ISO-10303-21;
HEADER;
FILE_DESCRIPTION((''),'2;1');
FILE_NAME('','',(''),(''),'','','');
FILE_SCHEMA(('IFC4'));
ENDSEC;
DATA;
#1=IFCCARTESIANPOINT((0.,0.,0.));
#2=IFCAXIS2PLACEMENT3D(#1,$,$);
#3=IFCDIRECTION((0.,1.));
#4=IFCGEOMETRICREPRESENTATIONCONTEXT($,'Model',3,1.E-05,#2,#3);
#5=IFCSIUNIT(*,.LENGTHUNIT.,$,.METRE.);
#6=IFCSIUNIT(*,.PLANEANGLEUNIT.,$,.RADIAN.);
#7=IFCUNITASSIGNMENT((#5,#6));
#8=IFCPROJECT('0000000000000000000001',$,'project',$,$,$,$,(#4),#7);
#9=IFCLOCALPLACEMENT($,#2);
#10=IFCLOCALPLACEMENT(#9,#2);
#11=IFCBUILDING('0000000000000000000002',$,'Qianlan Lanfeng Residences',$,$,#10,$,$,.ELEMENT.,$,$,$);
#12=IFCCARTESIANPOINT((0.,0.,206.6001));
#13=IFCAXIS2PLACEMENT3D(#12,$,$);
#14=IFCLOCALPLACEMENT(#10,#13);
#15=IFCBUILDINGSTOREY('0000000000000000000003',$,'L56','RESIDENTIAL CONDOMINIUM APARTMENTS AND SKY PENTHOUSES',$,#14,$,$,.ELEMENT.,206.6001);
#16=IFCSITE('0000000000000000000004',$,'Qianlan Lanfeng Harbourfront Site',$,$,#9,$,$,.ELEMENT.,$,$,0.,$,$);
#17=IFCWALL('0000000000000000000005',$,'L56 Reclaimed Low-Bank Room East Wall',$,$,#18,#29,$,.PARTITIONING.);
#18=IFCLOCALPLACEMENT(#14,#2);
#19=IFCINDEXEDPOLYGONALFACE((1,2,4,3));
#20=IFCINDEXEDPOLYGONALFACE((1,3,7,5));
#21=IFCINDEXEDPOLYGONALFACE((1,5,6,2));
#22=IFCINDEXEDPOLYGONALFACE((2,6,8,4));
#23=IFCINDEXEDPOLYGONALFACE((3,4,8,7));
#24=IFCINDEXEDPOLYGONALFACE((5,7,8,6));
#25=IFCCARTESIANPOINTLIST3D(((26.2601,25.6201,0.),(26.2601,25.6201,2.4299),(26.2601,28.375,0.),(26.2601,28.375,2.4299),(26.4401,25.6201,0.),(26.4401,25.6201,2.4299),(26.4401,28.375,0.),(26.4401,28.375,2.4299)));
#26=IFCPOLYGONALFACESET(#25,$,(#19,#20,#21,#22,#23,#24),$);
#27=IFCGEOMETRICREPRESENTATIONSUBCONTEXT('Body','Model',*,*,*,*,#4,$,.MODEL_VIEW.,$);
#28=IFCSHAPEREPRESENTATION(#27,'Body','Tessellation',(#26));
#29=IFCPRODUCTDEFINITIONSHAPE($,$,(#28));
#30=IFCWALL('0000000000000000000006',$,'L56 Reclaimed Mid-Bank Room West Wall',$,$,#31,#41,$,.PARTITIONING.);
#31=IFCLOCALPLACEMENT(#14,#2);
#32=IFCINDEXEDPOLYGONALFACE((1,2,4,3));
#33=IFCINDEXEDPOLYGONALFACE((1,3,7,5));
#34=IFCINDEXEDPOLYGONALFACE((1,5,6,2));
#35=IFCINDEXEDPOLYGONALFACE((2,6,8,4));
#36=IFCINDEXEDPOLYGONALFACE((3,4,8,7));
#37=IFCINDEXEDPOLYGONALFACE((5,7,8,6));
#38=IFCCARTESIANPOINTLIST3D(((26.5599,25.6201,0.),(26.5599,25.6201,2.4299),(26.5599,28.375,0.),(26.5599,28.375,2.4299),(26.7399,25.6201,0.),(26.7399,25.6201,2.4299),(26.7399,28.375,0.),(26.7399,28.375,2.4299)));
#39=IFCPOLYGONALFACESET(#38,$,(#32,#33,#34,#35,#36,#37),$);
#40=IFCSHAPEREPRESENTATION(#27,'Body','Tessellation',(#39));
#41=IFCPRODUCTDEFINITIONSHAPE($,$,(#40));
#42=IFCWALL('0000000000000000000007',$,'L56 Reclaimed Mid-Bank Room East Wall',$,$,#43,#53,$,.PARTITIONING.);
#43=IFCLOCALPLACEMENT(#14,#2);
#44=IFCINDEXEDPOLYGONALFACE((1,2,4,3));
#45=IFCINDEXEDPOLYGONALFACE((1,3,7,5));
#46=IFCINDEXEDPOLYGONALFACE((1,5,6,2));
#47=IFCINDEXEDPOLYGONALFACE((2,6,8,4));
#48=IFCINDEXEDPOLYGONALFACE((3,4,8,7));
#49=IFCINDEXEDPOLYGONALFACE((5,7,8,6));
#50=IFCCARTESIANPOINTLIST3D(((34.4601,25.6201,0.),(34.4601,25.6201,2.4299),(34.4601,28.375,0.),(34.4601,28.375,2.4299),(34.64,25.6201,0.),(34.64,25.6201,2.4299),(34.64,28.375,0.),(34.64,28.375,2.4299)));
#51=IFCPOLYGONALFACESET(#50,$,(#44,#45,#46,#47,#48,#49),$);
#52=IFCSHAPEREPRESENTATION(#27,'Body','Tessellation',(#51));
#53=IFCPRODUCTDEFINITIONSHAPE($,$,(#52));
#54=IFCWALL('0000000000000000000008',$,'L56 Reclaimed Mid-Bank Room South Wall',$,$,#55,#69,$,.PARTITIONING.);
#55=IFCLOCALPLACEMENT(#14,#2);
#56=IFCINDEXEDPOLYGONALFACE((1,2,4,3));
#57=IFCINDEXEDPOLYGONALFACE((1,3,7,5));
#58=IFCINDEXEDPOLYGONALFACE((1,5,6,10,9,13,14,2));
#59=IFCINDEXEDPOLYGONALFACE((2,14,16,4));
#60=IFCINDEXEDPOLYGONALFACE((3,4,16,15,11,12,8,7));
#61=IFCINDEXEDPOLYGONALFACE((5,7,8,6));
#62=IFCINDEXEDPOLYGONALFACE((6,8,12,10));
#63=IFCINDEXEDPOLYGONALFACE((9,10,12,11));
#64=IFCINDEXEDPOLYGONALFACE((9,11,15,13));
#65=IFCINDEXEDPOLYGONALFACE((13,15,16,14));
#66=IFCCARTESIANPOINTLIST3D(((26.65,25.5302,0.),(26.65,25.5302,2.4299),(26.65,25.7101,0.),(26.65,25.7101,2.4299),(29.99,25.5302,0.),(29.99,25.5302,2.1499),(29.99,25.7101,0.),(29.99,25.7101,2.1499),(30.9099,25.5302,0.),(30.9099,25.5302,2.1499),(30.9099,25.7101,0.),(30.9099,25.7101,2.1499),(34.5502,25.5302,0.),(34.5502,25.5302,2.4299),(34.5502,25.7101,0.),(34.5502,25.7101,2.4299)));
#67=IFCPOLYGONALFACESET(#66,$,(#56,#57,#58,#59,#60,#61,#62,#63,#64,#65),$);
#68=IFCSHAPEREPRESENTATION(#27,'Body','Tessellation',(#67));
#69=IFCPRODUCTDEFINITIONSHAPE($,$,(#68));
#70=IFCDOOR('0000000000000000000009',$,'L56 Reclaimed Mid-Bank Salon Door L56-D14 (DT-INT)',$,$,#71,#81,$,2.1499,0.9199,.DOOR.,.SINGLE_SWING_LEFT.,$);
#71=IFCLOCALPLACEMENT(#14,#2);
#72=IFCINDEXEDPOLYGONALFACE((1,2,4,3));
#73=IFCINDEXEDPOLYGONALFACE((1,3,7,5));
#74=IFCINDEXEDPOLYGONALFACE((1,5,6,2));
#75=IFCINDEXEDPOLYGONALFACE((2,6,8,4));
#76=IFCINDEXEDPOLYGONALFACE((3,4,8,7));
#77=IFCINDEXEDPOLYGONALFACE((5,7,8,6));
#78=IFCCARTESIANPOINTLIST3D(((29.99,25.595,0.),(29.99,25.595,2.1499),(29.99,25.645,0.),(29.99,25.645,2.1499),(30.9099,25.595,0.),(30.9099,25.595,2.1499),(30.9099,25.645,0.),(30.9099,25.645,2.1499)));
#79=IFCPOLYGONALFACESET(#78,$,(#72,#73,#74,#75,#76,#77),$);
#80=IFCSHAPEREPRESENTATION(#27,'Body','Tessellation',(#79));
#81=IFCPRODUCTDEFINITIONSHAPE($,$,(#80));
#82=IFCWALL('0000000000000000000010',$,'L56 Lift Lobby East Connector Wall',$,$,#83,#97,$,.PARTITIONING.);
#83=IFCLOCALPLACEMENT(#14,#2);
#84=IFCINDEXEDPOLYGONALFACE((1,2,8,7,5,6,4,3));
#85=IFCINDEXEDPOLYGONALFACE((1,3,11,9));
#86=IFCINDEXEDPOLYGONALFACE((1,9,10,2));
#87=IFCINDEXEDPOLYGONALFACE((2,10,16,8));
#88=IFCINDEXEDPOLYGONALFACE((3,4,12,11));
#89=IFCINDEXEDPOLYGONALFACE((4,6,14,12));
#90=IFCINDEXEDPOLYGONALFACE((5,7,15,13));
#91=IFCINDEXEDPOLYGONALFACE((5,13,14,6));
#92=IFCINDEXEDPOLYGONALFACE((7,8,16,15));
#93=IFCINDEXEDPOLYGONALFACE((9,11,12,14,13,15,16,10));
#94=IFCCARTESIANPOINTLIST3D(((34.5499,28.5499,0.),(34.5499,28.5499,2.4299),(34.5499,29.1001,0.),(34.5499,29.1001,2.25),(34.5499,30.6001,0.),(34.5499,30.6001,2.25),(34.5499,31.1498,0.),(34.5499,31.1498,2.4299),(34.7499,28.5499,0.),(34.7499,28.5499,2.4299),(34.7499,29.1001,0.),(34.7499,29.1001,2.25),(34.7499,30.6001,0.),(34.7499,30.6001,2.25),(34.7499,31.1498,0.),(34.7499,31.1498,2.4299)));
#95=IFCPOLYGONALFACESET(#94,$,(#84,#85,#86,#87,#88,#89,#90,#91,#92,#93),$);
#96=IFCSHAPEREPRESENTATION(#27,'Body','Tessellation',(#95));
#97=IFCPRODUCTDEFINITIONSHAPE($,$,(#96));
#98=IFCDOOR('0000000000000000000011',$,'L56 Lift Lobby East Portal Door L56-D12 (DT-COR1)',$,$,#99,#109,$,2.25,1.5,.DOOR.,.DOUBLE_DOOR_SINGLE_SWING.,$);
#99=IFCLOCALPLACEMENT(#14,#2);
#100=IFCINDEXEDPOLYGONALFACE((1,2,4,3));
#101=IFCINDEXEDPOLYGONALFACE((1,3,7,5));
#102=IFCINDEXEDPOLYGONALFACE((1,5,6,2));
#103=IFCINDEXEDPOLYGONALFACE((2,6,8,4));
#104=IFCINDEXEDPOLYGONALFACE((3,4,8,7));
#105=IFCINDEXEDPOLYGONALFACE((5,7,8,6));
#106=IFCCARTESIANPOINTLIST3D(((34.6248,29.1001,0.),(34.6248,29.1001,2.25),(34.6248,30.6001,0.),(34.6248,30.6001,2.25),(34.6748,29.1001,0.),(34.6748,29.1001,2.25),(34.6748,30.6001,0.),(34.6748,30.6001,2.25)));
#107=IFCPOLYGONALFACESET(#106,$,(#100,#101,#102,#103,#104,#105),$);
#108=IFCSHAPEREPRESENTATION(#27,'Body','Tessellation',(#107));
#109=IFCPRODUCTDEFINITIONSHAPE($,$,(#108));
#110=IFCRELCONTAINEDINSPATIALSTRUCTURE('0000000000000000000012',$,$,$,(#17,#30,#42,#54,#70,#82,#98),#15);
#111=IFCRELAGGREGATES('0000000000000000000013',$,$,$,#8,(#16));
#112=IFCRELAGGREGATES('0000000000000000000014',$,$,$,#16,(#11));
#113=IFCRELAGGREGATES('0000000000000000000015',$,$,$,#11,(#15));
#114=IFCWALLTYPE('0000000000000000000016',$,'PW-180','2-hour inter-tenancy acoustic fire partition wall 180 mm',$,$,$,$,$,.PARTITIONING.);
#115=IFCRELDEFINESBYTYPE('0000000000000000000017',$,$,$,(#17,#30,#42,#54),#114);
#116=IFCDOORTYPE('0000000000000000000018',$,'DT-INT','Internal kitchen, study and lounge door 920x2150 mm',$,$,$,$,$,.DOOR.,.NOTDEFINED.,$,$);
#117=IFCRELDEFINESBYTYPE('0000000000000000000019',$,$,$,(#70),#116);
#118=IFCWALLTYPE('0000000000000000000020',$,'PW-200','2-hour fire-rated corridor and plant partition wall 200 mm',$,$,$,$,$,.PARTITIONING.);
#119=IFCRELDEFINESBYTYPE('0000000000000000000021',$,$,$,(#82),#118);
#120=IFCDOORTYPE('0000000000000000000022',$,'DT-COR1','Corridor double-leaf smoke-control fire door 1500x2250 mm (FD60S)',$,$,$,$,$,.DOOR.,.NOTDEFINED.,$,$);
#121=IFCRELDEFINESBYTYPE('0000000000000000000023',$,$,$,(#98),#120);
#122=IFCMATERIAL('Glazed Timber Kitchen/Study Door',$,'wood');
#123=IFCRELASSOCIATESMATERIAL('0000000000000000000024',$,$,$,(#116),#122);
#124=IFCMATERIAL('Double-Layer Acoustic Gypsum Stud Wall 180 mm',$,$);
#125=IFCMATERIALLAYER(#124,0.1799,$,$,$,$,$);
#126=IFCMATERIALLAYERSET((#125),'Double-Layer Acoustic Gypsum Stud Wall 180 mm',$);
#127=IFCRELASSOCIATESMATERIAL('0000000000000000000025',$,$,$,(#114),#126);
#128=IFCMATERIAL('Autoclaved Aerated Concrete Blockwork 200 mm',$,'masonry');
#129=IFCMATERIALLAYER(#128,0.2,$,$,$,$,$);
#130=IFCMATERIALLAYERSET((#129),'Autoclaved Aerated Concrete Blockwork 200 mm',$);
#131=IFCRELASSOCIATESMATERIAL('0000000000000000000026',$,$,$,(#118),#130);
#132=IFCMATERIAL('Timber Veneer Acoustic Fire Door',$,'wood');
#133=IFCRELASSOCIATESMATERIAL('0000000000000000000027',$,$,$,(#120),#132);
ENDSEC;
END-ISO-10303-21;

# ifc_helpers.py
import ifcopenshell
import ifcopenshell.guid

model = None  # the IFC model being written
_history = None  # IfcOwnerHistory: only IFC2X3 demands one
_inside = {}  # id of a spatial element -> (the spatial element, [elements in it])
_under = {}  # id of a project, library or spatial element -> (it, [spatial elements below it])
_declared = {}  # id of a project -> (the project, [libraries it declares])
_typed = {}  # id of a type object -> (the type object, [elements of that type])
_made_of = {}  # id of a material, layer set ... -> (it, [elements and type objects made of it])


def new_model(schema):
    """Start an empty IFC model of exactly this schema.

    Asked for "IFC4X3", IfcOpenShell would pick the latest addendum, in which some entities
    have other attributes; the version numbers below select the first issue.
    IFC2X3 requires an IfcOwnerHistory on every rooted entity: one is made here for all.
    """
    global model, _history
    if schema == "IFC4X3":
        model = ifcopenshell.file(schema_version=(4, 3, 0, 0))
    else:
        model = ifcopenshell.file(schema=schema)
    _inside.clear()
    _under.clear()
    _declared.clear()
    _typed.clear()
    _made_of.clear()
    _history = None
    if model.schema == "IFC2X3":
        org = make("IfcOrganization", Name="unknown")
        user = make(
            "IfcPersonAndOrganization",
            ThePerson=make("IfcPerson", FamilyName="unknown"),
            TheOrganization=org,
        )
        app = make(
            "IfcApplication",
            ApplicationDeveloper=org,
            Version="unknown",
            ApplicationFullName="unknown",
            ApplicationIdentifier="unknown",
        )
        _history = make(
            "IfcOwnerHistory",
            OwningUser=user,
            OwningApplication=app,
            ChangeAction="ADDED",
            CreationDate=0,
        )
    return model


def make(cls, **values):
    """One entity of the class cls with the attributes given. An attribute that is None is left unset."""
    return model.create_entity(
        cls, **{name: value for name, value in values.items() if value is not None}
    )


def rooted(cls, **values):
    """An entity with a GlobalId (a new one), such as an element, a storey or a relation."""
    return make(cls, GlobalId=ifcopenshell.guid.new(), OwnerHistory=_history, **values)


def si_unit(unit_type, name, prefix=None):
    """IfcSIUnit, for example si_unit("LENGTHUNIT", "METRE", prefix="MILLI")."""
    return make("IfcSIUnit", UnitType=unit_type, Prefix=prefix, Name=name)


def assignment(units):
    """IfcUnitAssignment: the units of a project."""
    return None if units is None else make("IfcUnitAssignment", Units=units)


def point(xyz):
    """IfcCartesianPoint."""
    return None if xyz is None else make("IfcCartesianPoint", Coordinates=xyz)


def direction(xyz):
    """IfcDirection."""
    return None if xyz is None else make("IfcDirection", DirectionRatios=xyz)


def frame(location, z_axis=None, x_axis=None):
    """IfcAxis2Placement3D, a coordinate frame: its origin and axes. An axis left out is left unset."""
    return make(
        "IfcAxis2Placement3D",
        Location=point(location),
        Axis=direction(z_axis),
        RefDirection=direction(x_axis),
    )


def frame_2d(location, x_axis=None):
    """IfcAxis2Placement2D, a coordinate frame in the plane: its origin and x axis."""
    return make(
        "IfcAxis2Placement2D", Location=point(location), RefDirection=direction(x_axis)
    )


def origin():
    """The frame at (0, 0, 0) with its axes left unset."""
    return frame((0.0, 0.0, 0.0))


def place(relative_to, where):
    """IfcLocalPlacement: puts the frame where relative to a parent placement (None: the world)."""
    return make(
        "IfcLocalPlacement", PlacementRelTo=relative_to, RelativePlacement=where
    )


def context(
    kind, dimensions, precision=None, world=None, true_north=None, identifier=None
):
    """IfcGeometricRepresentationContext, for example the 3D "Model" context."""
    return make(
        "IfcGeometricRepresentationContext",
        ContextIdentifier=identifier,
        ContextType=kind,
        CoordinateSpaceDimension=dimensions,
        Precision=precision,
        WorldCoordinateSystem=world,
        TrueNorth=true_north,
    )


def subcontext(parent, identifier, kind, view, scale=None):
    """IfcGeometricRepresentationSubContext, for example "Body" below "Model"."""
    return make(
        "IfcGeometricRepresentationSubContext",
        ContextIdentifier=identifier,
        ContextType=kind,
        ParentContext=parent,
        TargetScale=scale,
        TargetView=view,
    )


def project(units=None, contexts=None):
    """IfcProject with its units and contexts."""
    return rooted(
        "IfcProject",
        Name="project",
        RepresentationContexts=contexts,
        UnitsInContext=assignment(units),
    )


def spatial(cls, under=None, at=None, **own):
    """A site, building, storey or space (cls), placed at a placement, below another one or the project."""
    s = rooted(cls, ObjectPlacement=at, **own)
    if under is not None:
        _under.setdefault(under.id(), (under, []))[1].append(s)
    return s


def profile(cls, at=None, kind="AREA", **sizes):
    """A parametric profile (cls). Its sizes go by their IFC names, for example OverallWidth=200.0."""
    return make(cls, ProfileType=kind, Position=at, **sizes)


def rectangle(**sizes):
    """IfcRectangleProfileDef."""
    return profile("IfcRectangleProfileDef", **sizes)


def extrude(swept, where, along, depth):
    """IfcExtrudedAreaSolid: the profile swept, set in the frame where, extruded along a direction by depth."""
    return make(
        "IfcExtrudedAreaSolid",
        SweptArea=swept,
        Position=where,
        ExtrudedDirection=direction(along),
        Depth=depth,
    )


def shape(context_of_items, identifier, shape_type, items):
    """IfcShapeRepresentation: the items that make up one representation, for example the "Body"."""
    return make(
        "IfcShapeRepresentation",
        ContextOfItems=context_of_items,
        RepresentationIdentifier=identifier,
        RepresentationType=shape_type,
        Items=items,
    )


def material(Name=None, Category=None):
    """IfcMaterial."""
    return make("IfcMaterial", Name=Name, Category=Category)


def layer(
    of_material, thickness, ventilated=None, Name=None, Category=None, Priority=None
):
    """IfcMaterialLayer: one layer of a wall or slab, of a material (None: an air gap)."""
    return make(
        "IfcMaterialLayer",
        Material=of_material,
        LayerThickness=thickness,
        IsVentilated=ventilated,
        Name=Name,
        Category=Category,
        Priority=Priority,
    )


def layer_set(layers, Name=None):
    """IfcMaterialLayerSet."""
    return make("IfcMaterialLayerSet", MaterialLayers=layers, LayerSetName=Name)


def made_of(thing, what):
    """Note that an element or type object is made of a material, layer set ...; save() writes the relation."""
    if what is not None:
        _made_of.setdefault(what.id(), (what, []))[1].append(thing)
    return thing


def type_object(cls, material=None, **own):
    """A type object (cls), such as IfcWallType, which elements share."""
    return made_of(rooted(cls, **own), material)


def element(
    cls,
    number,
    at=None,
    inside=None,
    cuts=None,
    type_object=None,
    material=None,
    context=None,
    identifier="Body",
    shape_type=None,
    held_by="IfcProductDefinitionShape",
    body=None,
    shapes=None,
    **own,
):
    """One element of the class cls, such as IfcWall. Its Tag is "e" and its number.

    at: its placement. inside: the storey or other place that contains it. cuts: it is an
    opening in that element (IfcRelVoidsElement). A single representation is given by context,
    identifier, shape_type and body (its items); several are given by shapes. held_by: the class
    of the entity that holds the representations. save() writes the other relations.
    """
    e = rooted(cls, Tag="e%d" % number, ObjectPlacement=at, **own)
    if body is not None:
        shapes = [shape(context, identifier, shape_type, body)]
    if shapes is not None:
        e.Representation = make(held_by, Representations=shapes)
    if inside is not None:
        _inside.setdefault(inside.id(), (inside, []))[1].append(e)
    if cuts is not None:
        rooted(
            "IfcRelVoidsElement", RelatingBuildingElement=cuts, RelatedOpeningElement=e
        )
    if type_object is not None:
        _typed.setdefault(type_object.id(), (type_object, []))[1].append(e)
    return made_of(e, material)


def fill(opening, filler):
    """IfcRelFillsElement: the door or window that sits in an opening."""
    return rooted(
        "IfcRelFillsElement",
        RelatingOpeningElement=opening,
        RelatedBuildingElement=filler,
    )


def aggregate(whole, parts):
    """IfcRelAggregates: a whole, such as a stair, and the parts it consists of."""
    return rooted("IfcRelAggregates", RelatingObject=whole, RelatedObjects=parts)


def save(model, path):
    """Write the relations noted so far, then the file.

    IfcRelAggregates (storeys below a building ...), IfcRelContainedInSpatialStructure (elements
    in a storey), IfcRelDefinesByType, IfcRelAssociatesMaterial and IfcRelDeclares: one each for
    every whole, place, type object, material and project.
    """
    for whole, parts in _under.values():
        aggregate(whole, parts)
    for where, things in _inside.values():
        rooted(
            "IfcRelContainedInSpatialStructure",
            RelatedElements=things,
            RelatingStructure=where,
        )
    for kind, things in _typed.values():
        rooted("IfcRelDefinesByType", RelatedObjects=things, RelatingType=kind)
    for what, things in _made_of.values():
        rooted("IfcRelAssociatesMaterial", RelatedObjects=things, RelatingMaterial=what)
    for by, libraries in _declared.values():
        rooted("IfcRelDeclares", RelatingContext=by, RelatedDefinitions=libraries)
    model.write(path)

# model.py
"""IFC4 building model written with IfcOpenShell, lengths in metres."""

from ifc_helpers import new_model, si_unit, direction, frame, frame_2d, origin, place, context, subcontext, project, spatial, rectangle, extrude, material, layer, layer_set, type_object, element, fill, save


model = new_model("IFC4")

# Units and contexts
model_context = context("Model", 3, precision=1e-05, world=origin(), true_north=direction((0.0, 1.0)))
body_context = subcontext(model_context, "Body", "Model", "MODEL_VIEW")
ifc_project = project(units=[si_unit("LENGTHUNIT", "METRE"), si_unit("PLANEANGLEUNIT", "RADIAN")], contexts=[model_context])

# Site, building, storey
site_placement = place(None, origin())
site = spatial("IfcSite", under=ifc_project, at=site_placement, Name="Qianlan Lanfeng Harbourfront Site", CompositionType="ELEMENT", RefElevation=0.0)
building_placement = place(site_placement, origin())
building = spatial("IfcBuilding", under=site, at=building_placement, Name="Qianlan Lanfeng Residences", CompositionType="ELEMENT")
storey_placement = place(building_placement, frame((0.0, 0.0, 206.6001)))
storey = spatial("IfcBuildingStorey", under=building, at=storey_placement, Name="L56", Description="RESIDENTIAL CONDOMINIUM APARTMENTS AND SKY PENTHOUSES", CompositionType="ELEMENT", Elevation=206.6001)

# Shared definitions
ifc_material_1 = material(Name="Glazed Timber Kitchen/Study Door", Category="wood")
door_type_1 = type_object("IfcDoorType", Name="DT-INT", Description="Internal kitchen, study and lounge door 920x2150 mm", OperationType="NOTDEFINED", PredefinedType="DOOR", material=ifc_material_1)

# Shared definitions
ifc_material_2 = material(Name="Double-Layer Acoustic Gypsum Stud Wall 180 mm")
ifc_layer_1 = layer(ifc_material_2, 0.1799)
ifc_layer_set_1 = layer_set([ifc_layer_1], Name="Double-Layer Acoustic Gypsum Stud Wall 180 mm")
wall_type_1 = type_object("IfcWallType", Name="PW-180", Description="2-hour inter-tenancy acoustic fire partition wall 180 mm", PredefinedType="PARTITIONING", material=ifc_layer_set_1)

# Walls
for number, where, z_axis, x_axis, name in (
    (1, (26.3501, 25.6201, 0.0), (0.0, 0.0, 1.0), (0.0, 1.0, 0.0), "L56 Reclaimed Low-Bank Room East Wall"),
    (2, (26.6499, 25.6201, 0.0), (0.0, 0.0, 1.0), (0.0, 1.0, 0.0), "L56 Reclaimed Mid-Bank Room West Wall"),
    (3, (34.55, 25.6201, 0.0), (0.0, 0.0, 1.0), (0.0, 1.0, 0.0), "L56 Reclaimed Mid-Bank Room East Wall"),
):
    element("IfcWall", number, at=place(storey_placement, frame(where, z_axis=z_axis, x_axis=x_axis)), inside=storey, type_object=wall_type_1, Name=name, PredefinedType="PARTITIONING", context=body_context, shape_type="SweptSolid", body=[
        extrude(rectangle(XDim=2.7549, YDim=0.1799, at=frame_2d((1.3774, 0.0))), origin(), (0.0, 0.0, 1.0), 2.4299),
    ])

# Walls, openings, doors
wall_1_placement = place(storey_placement, frame((26.6499, 25.6201, 0.0), z_axis=(0.0, 0.0, 1.0), x_axis=(1.0, 0.0, 0.0)))
wall_1 = element("IfcWall", 4, at=wall_1_placement, inside=storey, type_object=wall_type_1, Name="L56 Reclaimed Mid-Bank Room South Wall", PredefinedType="PARTITIONING", context=body_context, shape_type="SweptSolid", body=[
    extrude(rectangle(XDim=7.9001, YDim=0.1799, at=frame_2d((3.9502, 0.0))), origin(), (0.0, 0.0, 1.0), 2.4299),
])
opening_1_placement = place(wall_1_placement, frame((3.3401, 0.0, 0.0)))
opening_1 = element("IfcOpeningElement", 5, at=opening_1_placement, cuts=wall_1, PredefinedType="OPENING", context=body_context, shape_type="SweptSolid", body=[
    extrude(rectangle(XDim=0.9199, YDim=2.1499, at=frame_2d((0.46, 1.075))), frame((0.0, 0.1001, 0.0), z_axis=(0.0, -1.0, 0.0), x_axis=(1.0, 0.0, 0.0)), (0.0, 0.0, 1.0), 0.2),
])
door_1_placement = place(opening_1_placement, origin())
door_1 = element("IfcDoor", 6, at=door_1_placement, inside=storey, type_object=door_type_1, Name="L56 Reclaimed Mid-Bank Salon Door L56-D14 (DT-INT)", OperationType="SINGLE_SWING_LEFT", OverallHeight=2.1499, OverallWidth=0.9199, PredefinedType="DOOR", context=body_context, shape_type="SweptSolid", body=[
    extrude(rectangle(XDim=0.9199, YDim=2.1499, at=frame_2d((0.46, 1.075))), frame((0.0, 0.0249, 0.0), z_axis=(0.0, -1.0, 0.0), x_axis=(1.0, 0.0, 0.0)), (0.0, 0.0, 1.0), 0.05),
])
fill(opening_1, door_1)
ifc_material_3 = material(Name="Autoclaved Aerated Concrete Blockwork 200 mm", Category="masonry")
ifc_layer_2 = layer(ifc_material_3, 0.2)
ifc_layer_set_2 = layer_set([ifc_layer_2], Name="Autoclaved Aerated Concrete Blockwork 200 mm")
wall_type_2 = type_object("IfcWallType", Name="PW-200", Description="2-hour fire-rated corridor and plant partition wall 200 mm", PredefinedType="PARTITIONING", material=ifc_layer_set_2)
wall_2_placement = place(storey_placement, frame((34.6499, 28.55, 0.0), z_axis=(0.0, 0.0, 1.0), x_axis=(0.0, 1.0, 0.0)))
wall_2 = element("IfcWall", 7, at=wall_2_placement, inside=storey, type_object=wall_type_2, Name="L56 Lift Lobby East Connector Wall", PredefinedType="PARTITIONING", context=body_context, shape_type="SweptSolid", body=[
    extrude(rectangle(XDim=2.5999, YDim=0.2, at=frame_2d((1.2998, 0.0))), origin(), (0.0, 0.0, 1.0), 2.4299),
])
opening_2_placement = place(wall_2_placement, frame((0.55, 0.0, 0.0)))
opening_2 = element("IfcOpeningElement", 8, at=opening_2_placement, cuts=wall_2, PredefinedType="OPENING", context=body_context, shape_type="SweptSolid", body=[
    extrude(rectangle(XDim=1.5, YDim=2.25, at=frame_2d((0.75, 1.125))), frame((0.0, 0.1099, 0.0), z_axis=(0.0, -1.0, 0.0), x_axis=(1.0, 0.0, 0.0)), (0.0, 0.0, 1.0), 0.22),
])
ifc_material_4 = material(Name="Timber Veneer Acoustic Fire Door", Category="wood")
door_type_2 = type_object("IfcDoorType", Name="DT-COR1", Description="Corridor double-leaf smoke-control fire door 1500x2250 mm (FD60S)", OperationType="NOTDEFINED", PredefinedType="DOOR", material=ifc_material_4)
door_2_placement = place(opening_2_placement, frame((1.5, 0.0, 0.0), z_axis=(0.0, 0.0, 1.0), x_axis=(-1.0, 0.0, 0.0)))
door_2 = element("IfcDoor", 9, at=door_2_placement, inside=storey, type_object=door_type_2, Name="L56 Lift Lobby East Portal Door L56-D12 (DT-COR1)", OperationType="DOUBLE_DOOR_SINGLE_SWING", OverallHeight=2.25, OverallWidth=1.5, PredefinedType="DOOR", context=body_context, shape_type="SweptSolid", body=[
    extrude(rectangle(XDim=1.5, YDim=2.25, at=frame_2d((0.75, 1.125))), frame((0.0, 0.0249, 0.0), z_axis=(0.0, -1.0, 0.0), x_axis=(1.0, 0.0, 0.0)), (0.0, 0.0, 1.0), 0.05),
])
fill(opening_2, door_2)

save(model, "model.ifc")
